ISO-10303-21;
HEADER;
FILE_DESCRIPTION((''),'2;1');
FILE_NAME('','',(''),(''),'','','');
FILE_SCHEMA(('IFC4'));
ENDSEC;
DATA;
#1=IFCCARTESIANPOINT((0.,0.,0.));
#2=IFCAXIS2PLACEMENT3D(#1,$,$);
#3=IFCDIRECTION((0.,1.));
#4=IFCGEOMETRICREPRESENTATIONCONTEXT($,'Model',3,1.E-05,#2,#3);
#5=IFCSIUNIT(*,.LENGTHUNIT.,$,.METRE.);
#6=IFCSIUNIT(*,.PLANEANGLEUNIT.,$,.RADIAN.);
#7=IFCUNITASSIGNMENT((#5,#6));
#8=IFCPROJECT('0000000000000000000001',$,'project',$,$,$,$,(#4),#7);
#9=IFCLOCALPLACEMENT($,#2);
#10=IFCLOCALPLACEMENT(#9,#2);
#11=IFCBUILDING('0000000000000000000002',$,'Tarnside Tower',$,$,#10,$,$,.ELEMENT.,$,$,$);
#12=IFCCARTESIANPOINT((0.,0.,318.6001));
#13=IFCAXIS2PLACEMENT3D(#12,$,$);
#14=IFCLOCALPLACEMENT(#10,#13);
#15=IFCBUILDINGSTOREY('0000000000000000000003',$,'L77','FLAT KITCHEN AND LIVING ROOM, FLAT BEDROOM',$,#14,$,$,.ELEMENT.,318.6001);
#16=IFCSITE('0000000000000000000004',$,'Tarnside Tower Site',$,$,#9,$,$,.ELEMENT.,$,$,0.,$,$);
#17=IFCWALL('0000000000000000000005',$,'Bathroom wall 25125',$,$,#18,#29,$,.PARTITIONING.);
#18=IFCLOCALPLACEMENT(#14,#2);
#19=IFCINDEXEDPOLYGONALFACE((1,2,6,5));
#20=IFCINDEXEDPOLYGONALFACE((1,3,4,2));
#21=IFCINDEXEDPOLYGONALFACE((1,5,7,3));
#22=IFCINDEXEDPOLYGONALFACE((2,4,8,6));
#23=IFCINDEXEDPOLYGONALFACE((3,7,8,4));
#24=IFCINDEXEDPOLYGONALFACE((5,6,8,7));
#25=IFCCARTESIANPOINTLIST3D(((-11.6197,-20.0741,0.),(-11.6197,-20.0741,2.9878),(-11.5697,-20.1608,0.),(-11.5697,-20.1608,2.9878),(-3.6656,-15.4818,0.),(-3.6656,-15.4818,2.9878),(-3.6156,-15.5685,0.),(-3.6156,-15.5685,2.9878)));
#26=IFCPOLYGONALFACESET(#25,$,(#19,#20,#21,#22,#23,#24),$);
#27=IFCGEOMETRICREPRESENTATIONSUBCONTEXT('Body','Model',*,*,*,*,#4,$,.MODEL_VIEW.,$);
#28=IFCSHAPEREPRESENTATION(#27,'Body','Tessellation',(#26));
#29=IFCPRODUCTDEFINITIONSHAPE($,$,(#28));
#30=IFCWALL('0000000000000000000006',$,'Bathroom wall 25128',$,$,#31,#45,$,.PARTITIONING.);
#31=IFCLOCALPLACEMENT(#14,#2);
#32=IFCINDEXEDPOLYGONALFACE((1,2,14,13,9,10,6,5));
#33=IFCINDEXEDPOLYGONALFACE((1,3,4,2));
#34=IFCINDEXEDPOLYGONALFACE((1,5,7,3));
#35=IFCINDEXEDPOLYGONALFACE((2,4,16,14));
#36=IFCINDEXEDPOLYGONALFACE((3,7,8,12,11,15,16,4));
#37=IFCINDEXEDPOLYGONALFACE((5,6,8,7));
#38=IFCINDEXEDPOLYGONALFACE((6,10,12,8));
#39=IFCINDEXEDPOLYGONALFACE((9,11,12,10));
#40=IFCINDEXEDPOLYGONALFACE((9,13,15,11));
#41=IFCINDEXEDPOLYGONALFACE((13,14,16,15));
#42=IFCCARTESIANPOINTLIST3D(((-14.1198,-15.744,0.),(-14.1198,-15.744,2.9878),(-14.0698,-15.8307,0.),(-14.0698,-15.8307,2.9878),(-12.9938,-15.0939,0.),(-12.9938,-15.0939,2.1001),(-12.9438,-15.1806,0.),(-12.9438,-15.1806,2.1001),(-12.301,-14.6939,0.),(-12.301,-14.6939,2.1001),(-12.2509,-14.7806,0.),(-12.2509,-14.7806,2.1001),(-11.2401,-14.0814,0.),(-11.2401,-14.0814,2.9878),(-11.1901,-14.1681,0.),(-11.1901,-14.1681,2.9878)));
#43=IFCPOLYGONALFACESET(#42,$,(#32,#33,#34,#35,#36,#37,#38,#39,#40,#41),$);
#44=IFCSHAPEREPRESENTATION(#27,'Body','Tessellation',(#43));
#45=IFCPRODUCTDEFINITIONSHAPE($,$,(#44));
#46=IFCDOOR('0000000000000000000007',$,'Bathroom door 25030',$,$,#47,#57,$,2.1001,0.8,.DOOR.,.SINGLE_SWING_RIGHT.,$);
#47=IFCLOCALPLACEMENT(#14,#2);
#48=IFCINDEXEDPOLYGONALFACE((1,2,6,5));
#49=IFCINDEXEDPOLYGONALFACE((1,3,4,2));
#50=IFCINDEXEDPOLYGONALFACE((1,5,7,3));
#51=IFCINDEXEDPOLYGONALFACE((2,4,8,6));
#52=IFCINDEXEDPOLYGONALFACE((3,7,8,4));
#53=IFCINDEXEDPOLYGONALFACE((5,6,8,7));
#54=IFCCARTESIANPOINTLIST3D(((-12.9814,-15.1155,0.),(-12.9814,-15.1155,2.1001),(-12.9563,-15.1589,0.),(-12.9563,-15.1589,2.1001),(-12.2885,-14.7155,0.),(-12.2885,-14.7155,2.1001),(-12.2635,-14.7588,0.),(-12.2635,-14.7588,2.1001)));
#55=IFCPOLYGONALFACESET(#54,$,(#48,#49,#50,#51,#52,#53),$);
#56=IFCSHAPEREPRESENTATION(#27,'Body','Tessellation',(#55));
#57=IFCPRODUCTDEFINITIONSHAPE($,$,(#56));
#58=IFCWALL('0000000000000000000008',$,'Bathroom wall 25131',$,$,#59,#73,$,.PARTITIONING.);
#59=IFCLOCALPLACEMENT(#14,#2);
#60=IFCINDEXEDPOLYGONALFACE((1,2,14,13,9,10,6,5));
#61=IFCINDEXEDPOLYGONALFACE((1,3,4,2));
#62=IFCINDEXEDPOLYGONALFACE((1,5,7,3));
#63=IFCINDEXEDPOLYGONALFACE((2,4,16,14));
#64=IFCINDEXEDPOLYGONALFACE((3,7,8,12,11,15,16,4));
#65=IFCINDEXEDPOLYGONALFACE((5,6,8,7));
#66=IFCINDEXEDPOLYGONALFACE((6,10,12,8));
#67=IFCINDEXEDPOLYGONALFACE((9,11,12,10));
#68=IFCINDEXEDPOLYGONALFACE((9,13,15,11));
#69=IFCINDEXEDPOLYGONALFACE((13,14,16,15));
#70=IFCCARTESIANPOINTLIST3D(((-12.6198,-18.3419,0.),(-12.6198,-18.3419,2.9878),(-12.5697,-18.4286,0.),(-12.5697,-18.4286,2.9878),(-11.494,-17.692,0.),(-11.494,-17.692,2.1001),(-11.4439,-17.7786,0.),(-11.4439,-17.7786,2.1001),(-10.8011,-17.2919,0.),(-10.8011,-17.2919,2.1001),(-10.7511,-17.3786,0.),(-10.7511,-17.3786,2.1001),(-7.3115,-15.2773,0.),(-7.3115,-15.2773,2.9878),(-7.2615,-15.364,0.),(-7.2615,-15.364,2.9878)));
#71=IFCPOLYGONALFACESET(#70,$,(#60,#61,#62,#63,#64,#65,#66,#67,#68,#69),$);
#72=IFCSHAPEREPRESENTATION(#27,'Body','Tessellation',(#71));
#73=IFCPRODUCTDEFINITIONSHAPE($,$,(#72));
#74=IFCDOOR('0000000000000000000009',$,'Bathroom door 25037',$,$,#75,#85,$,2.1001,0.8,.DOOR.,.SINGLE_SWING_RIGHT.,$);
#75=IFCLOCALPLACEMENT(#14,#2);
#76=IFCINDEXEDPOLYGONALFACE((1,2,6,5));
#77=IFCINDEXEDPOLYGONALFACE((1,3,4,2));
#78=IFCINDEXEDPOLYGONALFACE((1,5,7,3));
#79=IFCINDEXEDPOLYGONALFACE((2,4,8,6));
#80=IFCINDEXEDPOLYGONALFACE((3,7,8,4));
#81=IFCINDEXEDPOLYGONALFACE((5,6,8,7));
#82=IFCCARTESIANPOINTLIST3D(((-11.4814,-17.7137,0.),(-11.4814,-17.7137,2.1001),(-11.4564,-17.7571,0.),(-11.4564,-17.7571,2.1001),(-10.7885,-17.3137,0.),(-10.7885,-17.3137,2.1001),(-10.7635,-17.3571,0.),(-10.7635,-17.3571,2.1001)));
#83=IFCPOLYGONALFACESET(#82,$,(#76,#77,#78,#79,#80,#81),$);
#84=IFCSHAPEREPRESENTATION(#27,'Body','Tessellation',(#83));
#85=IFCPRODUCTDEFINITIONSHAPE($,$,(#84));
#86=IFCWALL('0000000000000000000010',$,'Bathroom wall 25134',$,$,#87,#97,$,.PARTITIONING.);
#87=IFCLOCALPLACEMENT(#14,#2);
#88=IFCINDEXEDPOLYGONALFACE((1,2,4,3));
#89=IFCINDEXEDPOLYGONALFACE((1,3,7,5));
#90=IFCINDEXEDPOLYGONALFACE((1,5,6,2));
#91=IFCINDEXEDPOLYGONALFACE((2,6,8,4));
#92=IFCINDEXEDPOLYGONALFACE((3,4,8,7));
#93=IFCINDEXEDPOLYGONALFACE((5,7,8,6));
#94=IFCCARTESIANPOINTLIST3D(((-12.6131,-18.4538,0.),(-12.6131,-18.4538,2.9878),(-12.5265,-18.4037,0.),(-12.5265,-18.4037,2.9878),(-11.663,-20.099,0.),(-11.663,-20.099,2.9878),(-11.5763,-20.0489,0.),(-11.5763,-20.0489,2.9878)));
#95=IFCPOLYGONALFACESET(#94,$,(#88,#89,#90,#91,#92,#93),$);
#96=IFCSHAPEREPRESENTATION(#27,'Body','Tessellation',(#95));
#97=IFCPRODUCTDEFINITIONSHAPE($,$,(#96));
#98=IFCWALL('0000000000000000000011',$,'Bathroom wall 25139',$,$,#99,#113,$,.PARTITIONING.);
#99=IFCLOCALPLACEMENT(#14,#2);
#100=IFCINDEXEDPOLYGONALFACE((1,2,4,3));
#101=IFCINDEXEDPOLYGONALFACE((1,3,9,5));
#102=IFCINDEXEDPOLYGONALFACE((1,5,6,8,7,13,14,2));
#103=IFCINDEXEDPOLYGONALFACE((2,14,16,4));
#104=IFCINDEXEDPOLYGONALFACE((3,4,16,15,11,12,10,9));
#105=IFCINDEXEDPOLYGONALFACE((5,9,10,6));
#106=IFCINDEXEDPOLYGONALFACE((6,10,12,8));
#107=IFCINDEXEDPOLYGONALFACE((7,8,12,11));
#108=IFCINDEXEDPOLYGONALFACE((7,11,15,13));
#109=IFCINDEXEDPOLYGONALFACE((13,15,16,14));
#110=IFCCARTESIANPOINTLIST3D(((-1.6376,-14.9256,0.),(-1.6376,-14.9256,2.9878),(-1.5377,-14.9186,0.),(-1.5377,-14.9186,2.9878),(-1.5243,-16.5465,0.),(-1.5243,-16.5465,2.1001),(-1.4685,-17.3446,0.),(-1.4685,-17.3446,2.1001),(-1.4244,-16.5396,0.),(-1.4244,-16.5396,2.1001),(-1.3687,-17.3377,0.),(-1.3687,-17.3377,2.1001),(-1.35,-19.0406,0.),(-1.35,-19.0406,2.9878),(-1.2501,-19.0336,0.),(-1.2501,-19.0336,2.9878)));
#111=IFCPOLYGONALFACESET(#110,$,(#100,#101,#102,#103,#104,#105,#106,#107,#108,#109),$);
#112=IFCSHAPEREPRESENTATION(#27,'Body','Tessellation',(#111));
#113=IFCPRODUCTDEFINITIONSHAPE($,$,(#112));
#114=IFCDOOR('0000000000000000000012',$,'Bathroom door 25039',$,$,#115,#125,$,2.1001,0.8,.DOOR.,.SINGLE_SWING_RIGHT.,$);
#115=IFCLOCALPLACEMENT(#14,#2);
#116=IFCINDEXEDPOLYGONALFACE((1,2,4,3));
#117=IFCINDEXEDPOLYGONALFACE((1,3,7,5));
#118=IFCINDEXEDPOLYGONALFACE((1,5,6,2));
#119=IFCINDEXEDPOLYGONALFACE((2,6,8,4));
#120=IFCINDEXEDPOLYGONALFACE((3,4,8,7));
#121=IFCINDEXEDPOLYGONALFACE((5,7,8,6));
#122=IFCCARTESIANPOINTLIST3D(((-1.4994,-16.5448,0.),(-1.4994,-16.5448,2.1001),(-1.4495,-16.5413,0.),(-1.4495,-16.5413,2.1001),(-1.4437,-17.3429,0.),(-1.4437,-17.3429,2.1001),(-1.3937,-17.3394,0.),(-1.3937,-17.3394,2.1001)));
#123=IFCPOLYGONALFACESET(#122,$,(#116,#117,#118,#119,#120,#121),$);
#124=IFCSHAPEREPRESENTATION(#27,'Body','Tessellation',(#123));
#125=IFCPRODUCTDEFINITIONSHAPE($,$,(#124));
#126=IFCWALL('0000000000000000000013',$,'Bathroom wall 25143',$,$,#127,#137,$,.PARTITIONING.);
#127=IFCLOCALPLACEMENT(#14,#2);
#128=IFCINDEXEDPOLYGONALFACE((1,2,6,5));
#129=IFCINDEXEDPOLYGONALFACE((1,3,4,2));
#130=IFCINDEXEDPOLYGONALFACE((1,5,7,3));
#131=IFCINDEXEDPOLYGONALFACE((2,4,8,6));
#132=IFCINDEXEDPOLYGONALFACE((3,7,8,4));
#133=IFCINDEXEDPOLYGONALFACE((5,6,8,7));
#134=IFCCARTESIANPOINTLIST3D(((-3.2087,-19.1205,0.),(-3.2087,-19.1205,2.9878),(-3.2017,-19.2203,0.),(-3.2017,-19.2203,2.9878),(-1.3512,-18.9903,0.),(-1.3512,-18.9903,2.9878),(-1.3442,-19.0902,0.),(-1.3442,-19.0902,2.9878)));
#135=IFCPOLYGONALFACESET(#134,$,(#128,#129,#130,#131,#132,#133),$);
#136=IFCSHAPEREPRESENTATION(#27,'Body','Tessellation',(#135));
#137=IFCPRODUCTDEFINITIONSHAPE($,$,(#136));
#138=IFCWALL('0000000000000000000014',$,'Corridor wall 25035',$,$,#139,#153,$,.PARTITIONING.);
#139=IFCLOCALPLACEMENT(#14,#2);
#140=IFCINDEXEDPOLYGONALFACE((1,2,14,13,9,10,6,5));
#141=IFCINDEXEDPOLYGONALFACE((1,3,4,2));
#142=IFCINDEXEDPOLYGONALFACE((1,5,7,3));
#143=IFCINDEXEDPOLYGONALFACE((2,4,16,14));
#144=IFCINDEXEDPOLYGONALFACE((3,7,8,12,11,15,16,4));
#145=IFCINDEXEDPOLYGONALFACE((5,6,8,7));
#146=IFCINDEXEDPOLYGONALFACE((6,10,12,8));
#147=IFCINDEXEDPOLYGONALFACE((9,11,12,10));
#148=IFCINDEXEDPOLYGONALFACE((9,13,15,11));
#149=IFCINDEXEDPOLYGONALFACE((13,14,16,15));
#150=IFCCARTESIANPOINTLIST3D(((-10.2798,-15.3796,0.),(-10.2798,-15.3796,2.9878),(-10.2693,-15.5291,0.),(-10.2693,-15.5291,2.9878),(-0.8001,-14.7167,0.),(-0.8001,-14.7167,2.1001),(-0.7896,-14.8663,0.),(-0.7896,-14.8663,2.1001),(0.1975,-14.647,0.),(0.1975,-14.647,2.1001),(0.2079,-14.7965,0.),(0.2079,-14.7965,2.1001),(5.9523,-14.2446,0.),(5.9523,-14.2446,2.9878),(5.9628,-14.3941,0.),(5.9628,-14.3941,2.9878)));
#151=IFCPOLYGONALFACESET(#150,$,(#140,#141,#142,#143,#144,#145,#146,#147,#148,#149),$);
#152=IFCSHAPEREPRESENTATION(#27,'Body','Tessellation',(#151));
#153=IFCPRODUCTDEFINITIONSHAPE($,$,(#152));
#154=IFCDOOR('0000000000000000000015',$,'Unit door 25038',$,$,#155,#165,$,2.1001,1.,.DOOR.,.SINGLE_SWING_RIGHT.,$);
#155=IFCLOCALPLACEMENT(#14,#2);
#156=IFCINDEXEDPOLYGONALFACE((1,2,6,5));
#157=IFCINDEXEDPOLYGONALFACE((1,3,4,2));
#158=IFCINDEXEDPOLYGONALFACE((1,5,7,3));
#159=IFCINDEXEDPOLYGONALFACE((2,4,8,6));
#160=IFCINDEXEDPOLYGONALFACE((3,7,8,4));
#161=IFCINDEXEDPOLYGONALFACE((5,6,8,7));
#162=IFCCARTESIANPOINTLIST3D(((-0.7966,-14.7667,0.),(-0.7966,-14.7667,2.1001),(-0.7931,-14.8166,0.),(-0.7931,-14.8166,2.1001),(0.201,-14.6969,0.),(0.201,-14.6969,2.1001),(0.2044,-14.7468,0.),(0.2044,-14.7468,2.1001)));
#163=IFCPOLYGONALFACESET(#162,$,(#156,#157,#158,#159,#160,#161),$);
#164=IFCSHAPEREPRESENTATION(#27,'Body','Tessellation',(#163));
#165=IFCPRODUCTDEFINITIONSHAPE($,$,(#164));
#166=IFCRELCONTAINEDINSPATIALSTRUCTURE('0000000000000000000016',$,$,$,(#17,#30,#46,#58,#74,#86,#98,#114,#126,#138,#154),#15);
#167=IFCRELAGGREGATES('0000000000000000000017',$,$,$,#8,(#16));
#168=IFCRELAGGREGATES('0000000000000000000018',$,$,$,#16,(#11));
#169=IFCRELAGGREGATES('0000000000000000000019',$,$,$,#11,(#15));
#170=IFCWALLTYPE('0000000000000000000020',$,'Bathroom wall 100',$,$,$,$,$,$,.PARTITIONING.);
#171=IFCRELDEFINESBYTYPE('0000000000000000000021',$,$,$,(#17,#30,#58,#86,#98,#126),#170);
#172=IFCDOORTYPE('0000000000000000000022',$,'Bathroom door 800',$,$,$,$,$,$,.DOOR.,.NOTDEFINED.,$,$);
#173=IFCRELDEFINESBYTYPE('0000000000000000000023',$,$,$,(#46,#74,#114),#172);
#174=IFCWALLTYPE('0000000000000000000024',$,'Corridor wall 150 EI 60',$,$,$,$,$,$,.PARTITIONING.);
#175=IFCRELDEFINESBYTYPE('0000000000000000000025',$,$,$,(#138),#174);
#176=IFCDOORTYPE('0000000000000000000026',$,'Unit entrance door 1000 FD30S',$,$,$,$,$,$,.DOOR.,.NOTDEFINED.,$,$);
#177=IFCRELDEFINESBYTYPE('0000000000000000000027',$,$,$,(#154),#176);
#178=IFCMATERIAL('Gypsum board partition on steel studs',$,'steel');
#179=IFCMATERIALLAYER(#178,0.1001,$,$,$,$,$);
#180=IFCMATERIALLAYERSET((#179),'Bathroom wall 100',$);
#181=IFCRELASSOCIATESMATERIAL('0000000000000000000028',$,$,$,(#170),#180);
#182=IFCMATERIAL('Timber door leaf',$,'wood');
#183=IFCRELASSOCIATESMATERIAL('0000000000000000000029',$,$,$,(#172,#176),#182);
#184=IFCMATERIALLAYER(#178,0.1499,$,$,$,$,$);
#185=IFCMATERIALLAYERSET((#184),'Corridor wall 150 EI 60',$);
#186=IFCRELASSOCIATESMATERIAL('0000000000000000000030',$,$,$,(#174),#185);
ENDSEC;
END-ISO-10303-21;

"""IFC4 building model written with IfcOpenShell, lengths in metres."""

from ifc_helpers import new_model, si_unit, direction, frame, frame_2d, origin, place, context, subcontext, project, spatial, rectangle, extrude, material, layer, layer_set, type_object, element, fill, save


model = new_model("IFC4")

# Units and contexts
model_context = context("Model", 3, precision=1e-05, world=origin(), true_north=direction((0.0, 1.0)))
body_context = subcontext(model_context, "Body", "Model", "MODEL_VIEW")
ifc_project = project(units=[si_unit("LENGTHUNIT", "METRE"), si_unit("PLANEANGLEUNIT", "RADIAN")], contexts=[model_context])

# Site, building, storey
site_placement = place(None, origin())
site = spatial("IfcSite", under=ifc_project, at=site_placement, Name="Tarnside Tower Site", CompositionType="ELEMENT", RefElevation=0.0)
building_placement = place(site_placement, origin())
building = spatial("IfcBuilding", under=site, at=building_placement, Name="Tarnside Tower", CompositionType="ELEMENT")
storey_placement = place(building_placement, frame((0.0, 0.0, 318.6001)))
storey = spatial("IfcBuildingStorey", under=building, at=storey_placement, Name="L77", Description="FLAT KITCHEN AND LIVING ROOM, FLAT BEDROOM", CompositionType="ELEMENT", Elevation=318.6001)

# Wall
ifc_material_1 = material(Name="Gypsum board partition on steel studs", Category="steel")
ifc_layer_1 = layer(ifc_material_1, 0.1001)
ifc_layer_set_1 = layer_set([ifc_layer_1], Name="Bathroom wall 100")
wall_type_1 = type_object("IfcWallType", Name="Bathroom wall 100", PredefinedType="PARTITIONING", material=ifc_layer_set_1)
wall_1_placement = place(storey_placement, frame((-3.6406, -15.5251, 0.0), z_axis=(0.0, 0.0, 1.0), x_axis=(-0.866026, -0.499999, 0.0)))
element("IfcWall", 1, at=wall_1_placement, inside=storey, type_object=wall_type_1, Name="Bathroom wall 25125", PredefinedType="PARTITIONING", context=body_context, shape_type="SweptSolid", body=[
    extrude(rectangle(XDim=9.1846, YDim=0.1001, at=frame_2d((4.5923, 0.0))), origin(), (0.0, 0.0, 1.0), 2.9878),
])

# Walls, openings, doors
wall_2_placement = place(storey_placement, frame((-11.2151, -14.1248, 0.0), z_axis=(0.0, 0.0, 1.0), x_axis=(-0.866021, -0.500008, 0.0)))
wall_2 = element("IfcWall", 2, at=wall_2_placement, inside=storey, type_object=wall_type_1, Name="Bathroom wall 25128", PredefinedType="PARTITIONING", context=body_context, shape_type="SweptSolid", body=[
    extrude(rectangle(XDim=3.3252, YDim=0.1001, at=frame_2d((1.6626, 0.0))), origin(), (0.0, 0.0, 1.0), 2.9878),
])
opening_1_placement = place(wall_2_placement, frame((1.2251, 0.0, 0.0)))
opening_1 = element("IfcOpeningElement", 3, at=opening_1_placement, cuts=wall_2, PredefinedType="OPENING", context=body_context, shape_type="SweptSolid", body=[
    extrude(rectangle(XDim=0.8, YDim=2.1001, at=frame_2d((0.3999, 1.05))), frame((0.0, 0.0601, 0.0), z_axis=(0.0, -1.0, 0.0), x_axis=(1.0, 0.0, 0.0)), (0.0, 0.0, 1.0), 0.1201),
])
ifc_material_2 = material(Name="Timber door leaf", Category="wood")
door_type_1 = type_object("IfcDoorType", Name="Bathroom door 800", OperationType="NOTDEFINED", PredefinedType="DOOR", material=ifc_material_2)
door_1_placement = place(opening_1_placement, origin())
door_1 = element("IfcDoor", 4, at=door_1_placement, inside=storey, type_object=door_type_1, Name="Bathroom door 25030", OperationType="SINGLE_SWING_RIGHT", OverallHeight=2.1001, OverallWidth=0.8, PredefinedType="DOOR", context=body_context, shape_type="SweptSolid", body=[
    extrude(rectangle(XDim=0.8, YDim=2.1001, at=frame_2d((0.3999, 1.05))), frame((0.0, 0.0249, 0.0), z_axis=(0.0, -1.0, 0.0), x_axis=(1.0, 0.0, 0.0)), (0.0, 0.0, 1.0), 0.05),
])
fill(opening_1, door_1)
wall_3_placement = place(storey_placement, frame((-12.5947, -18.3853, 0.0), z_axis=(0.0, 0.0, 1.0), x_axis=(0.866031, 0.49999, 0.0)))
wall_3 = element("IfcWall", 5, at=wall_3_placement, inside=storey, type_object=wall_type_1, Name="Bathroom wall 25131", PredefinedType="PARTITIONING", context=body_context, shape_type="SweptSolid", body=[
    extrude(rectangle(XDim=6.1294, YDim=0.1001, at=frame_2d((3.0647, 0.0))), origin(), (0.0, 0.0, 1.0), 2.9878),
])
opening_2_placement = place(wall_3_placement, frame((1.3, 0.0, 0.0)))
opening_2 = element("IfcOpeningElement", 6, at=opening_2_placement, cuts=wall_3, PredefinedType="OPENING", context=body_context, shape_type="SweptSolid", body=[
    extrude(rectangle(XDim=0.8, YDim=2.1001, at=frame_2d((0.3999, 1.05))), frame((0.0, 0.0601, 0.0), z_axis=(0.0, -1.0, 0.0), x_axis=(1.0, 0.0, 0.0)), (0.0, 0.0, 1.0), 0.1201),
])
door_2_placement = place(opening_2_placement, origin())
door_2 = element("IfcDoor", 7, at=door_2_placement, inside=storey, type_object=door_type_1, Name="Bathroom door 25037", OperationType="SINGLE_SWING_RIGHT", OverallHeight=2.1001, OverallWidth=0.8, PredefinedType="DOOR", context=body_context, shape_type="SweptSolid", body=[
    extrude(rectangle(XDim=0.8, YDim=2.1001, at=frame_2d((0.3999, 1.05))), frame((0.0, 0.0249, 0.0), z_axis=(0.0, -1.0, 0.0), x_axis=(1.0, 0.0, 0.0)), (0.0, 0.0, 1.0), 0.05),
])
fill(opening_2, door_2)

# Wall
wall_4_placement = place(storey_placement, frame((-11.6196, -20.074, 0.0), z_axis=(0.0, 0.0, 1.0), x_axis=(-0.500119, 0.865957, 0.0)))
element("IfcWall", 8, at=wall_4_placement, inside=storey, type_object=wall_type_1, Name="Bathroom wall 25134", PredefinedType="PARTITIONING", context=body_context, shape_type="SweptSolid", body=[
    extrude(rectangle(XDim=1.8999, YDim=0.1001, at=frame_2d((0.95, 0.0))), origin(), (0.0, 0.0, 1.0), 2.9878),
])

# Wall, opening, door
wall_5_placement = place(storey_placement, frame((-1.5876, -14.9221, 0.0), z_axis=(0.0, 0.0, 1.0), x_axis=(0.06972, -0.997567, 0.0)))
wall_5 = element("IfcWall", 9, at=wall_5_placement, inside=storey, type_object=wall_type_1, Name="Bathroom wall 25139", PredefinedType="PARTITIONING", context=body_context, shape_type="SweptSolid", body=[
    extrude(rectangle(XDim=4.125, YDim=0.1001, at=frame_2d((2.0625, 0.0))), origin(), (0.0, 0.0, 1.0), 2.9878),
])
opening_3_placement = place(wall_5_placement, frame((1.625, 0.0, 0.0)))
opening_3 = element("IfcOpeningElement", 10, at=opening_3_placement, cuts=wall_5, PredefinedType="OPENING", context=body_context, shape_type="SweptSolid", body=[
    extrude(rectangle(XDim=0.8, YDim=2.1001, at=frame_2d((0.3999, 1.05))), frame((0.0, 0.0601, 0.0), z_axis=(0.0, -1.0, 0.0), x_axis=(1.0, 0.0, 0.0)), (0.0, 0.0, 1.0), 0.1201),
])
door_3_placement = place(opening_3_placement, origin())
door_3 = element("IfcDoor", 11, at=door_3_placement, inside=storey, type_object=door_type_1, Name="Bathroom door 25039", OperationType="SINGLE_SWING_RIGHT", OverallHeight=2.1001, OverallWidth=0.8, PredefinedType="DOOR", context=body_context, shape_type="SweptSolid", body=[
    extrude(rectangle(XDim=0.8, YDim=2.1001, at=frame_2d((0.3999, 1.05))), frame((0.0, 0.0249, 0.0), z_axis=(0.0, -1.0, 0.0), x_axis=(1.0, 0.0, 0.0)), (0.0, 0.0, 1.0), 0.05),
])
fill(opening_3, door_3)

# Wall
wall_6_placement = place(storey_placement, frame((-3.2053, -19.1704, 0.0), z_axis=(0.0, 0.0, 1.0), x_axis=(0.997555, 0.069887, 0.0)))
element("IfcWall", 12, at=wall_6_placement, inside=storey, type_object=wall_type_1, Name="Bathroom wall 25143", PredefinedType="PARTITIONING", context=body_context, shape_type="SweptSolid", body=[
    extrude(rectangle(XDim=1.8621, YDim=0.1001, at=frame_2d((0.9312, 0.0))), origin(), (0.0, 0.0, 1.0), 2.9878),
])

# Wall, opening, door
ifc_layer_2 = layer(ifc_material_1, 0.1499)
ifc_layer_set_2 = layer_set([ifc_layer_2], Name="Corridor wall 150 EI 60")
wall_type_2 = type_object("IfcWallType", Name="Corridor wall 150 EI 60", PredefinedType="PARTITIONING", material=ifc_layer_set_2)
wall_7_placement = place(storey_placement, frame((-10.2744, -15.4543, 0.0), z_axis=(0.0, 0.0, 1.0), x_axis=(0.997564, 0.069753, 0.0)))
wall_7 = element("IfcWall", 13, at=wall_7_placement, inside=storey, type_object=wall_type_2, Name="Corridor wall 25035", PredefinedType="PARTITIONING", context=body_context, shape_type="SweptSolid", body=[
    extrude(rectangle(XDim=16.2717, YDim=0.1499, at=frame_2d((8.1357, 0.0))), origin(), (0.0, 0.0, 1.0), 2.9878),
])
opening_4_placement = place(wall_7_placement, frame((9.5027, 0.0, 0.0)))
opening_4 = element("IfcOpeningElement", 14, at=opening_4_placement, cuts=wall_7, PredefinedType="OPENING", context=body_context, shape_type="SweptSolid", body=[
    extrude(rectangle(XDim=1.0, YDim=2.1001, at=frame_2d((0.5, 1.05))), frame((0.0, 0.085, 0.0), z_axis=(0.0, -1.0, 0.0), x_axis=(1.0, 0.0, 0.0)), (0.0, 0.0, 1.0), 0.1699),
])
door_type_2 = type_object("IfcDoorType", Name="Unit entrance door 1000 FD30S", OperationType="NOTDEFINED", PredefinedType="DOOR", material=ifc_material_2)
door_4_placement = place(opening_4_placement, origin())
door_4 = element("IfcDoor", 15, at=door_4_placement, inside=storey, type_object=door_type_2, Name="Unit door 25038", OperationType="SINGLE_SWING_RIGHT", OverallHeight=2.1001, OverallWidth=1.0, PredefinedType="DOOR", context=body_context, shape_type="SweptSolid", body=[
    extrude(rectangle(XDim=1.0, YDim=2.1001, at=frame_2d((0.5, 1.05))), frame((0.0, 0.0249, 0.0), z_axis=(0.0, -1.0, 0.0), x_axis=(1.0, 0.0, 0.0)), (0.0, 0.0, 1.0), 0.05),
])
fill(opening_4, door_4)

save(model, "model.ifc")
